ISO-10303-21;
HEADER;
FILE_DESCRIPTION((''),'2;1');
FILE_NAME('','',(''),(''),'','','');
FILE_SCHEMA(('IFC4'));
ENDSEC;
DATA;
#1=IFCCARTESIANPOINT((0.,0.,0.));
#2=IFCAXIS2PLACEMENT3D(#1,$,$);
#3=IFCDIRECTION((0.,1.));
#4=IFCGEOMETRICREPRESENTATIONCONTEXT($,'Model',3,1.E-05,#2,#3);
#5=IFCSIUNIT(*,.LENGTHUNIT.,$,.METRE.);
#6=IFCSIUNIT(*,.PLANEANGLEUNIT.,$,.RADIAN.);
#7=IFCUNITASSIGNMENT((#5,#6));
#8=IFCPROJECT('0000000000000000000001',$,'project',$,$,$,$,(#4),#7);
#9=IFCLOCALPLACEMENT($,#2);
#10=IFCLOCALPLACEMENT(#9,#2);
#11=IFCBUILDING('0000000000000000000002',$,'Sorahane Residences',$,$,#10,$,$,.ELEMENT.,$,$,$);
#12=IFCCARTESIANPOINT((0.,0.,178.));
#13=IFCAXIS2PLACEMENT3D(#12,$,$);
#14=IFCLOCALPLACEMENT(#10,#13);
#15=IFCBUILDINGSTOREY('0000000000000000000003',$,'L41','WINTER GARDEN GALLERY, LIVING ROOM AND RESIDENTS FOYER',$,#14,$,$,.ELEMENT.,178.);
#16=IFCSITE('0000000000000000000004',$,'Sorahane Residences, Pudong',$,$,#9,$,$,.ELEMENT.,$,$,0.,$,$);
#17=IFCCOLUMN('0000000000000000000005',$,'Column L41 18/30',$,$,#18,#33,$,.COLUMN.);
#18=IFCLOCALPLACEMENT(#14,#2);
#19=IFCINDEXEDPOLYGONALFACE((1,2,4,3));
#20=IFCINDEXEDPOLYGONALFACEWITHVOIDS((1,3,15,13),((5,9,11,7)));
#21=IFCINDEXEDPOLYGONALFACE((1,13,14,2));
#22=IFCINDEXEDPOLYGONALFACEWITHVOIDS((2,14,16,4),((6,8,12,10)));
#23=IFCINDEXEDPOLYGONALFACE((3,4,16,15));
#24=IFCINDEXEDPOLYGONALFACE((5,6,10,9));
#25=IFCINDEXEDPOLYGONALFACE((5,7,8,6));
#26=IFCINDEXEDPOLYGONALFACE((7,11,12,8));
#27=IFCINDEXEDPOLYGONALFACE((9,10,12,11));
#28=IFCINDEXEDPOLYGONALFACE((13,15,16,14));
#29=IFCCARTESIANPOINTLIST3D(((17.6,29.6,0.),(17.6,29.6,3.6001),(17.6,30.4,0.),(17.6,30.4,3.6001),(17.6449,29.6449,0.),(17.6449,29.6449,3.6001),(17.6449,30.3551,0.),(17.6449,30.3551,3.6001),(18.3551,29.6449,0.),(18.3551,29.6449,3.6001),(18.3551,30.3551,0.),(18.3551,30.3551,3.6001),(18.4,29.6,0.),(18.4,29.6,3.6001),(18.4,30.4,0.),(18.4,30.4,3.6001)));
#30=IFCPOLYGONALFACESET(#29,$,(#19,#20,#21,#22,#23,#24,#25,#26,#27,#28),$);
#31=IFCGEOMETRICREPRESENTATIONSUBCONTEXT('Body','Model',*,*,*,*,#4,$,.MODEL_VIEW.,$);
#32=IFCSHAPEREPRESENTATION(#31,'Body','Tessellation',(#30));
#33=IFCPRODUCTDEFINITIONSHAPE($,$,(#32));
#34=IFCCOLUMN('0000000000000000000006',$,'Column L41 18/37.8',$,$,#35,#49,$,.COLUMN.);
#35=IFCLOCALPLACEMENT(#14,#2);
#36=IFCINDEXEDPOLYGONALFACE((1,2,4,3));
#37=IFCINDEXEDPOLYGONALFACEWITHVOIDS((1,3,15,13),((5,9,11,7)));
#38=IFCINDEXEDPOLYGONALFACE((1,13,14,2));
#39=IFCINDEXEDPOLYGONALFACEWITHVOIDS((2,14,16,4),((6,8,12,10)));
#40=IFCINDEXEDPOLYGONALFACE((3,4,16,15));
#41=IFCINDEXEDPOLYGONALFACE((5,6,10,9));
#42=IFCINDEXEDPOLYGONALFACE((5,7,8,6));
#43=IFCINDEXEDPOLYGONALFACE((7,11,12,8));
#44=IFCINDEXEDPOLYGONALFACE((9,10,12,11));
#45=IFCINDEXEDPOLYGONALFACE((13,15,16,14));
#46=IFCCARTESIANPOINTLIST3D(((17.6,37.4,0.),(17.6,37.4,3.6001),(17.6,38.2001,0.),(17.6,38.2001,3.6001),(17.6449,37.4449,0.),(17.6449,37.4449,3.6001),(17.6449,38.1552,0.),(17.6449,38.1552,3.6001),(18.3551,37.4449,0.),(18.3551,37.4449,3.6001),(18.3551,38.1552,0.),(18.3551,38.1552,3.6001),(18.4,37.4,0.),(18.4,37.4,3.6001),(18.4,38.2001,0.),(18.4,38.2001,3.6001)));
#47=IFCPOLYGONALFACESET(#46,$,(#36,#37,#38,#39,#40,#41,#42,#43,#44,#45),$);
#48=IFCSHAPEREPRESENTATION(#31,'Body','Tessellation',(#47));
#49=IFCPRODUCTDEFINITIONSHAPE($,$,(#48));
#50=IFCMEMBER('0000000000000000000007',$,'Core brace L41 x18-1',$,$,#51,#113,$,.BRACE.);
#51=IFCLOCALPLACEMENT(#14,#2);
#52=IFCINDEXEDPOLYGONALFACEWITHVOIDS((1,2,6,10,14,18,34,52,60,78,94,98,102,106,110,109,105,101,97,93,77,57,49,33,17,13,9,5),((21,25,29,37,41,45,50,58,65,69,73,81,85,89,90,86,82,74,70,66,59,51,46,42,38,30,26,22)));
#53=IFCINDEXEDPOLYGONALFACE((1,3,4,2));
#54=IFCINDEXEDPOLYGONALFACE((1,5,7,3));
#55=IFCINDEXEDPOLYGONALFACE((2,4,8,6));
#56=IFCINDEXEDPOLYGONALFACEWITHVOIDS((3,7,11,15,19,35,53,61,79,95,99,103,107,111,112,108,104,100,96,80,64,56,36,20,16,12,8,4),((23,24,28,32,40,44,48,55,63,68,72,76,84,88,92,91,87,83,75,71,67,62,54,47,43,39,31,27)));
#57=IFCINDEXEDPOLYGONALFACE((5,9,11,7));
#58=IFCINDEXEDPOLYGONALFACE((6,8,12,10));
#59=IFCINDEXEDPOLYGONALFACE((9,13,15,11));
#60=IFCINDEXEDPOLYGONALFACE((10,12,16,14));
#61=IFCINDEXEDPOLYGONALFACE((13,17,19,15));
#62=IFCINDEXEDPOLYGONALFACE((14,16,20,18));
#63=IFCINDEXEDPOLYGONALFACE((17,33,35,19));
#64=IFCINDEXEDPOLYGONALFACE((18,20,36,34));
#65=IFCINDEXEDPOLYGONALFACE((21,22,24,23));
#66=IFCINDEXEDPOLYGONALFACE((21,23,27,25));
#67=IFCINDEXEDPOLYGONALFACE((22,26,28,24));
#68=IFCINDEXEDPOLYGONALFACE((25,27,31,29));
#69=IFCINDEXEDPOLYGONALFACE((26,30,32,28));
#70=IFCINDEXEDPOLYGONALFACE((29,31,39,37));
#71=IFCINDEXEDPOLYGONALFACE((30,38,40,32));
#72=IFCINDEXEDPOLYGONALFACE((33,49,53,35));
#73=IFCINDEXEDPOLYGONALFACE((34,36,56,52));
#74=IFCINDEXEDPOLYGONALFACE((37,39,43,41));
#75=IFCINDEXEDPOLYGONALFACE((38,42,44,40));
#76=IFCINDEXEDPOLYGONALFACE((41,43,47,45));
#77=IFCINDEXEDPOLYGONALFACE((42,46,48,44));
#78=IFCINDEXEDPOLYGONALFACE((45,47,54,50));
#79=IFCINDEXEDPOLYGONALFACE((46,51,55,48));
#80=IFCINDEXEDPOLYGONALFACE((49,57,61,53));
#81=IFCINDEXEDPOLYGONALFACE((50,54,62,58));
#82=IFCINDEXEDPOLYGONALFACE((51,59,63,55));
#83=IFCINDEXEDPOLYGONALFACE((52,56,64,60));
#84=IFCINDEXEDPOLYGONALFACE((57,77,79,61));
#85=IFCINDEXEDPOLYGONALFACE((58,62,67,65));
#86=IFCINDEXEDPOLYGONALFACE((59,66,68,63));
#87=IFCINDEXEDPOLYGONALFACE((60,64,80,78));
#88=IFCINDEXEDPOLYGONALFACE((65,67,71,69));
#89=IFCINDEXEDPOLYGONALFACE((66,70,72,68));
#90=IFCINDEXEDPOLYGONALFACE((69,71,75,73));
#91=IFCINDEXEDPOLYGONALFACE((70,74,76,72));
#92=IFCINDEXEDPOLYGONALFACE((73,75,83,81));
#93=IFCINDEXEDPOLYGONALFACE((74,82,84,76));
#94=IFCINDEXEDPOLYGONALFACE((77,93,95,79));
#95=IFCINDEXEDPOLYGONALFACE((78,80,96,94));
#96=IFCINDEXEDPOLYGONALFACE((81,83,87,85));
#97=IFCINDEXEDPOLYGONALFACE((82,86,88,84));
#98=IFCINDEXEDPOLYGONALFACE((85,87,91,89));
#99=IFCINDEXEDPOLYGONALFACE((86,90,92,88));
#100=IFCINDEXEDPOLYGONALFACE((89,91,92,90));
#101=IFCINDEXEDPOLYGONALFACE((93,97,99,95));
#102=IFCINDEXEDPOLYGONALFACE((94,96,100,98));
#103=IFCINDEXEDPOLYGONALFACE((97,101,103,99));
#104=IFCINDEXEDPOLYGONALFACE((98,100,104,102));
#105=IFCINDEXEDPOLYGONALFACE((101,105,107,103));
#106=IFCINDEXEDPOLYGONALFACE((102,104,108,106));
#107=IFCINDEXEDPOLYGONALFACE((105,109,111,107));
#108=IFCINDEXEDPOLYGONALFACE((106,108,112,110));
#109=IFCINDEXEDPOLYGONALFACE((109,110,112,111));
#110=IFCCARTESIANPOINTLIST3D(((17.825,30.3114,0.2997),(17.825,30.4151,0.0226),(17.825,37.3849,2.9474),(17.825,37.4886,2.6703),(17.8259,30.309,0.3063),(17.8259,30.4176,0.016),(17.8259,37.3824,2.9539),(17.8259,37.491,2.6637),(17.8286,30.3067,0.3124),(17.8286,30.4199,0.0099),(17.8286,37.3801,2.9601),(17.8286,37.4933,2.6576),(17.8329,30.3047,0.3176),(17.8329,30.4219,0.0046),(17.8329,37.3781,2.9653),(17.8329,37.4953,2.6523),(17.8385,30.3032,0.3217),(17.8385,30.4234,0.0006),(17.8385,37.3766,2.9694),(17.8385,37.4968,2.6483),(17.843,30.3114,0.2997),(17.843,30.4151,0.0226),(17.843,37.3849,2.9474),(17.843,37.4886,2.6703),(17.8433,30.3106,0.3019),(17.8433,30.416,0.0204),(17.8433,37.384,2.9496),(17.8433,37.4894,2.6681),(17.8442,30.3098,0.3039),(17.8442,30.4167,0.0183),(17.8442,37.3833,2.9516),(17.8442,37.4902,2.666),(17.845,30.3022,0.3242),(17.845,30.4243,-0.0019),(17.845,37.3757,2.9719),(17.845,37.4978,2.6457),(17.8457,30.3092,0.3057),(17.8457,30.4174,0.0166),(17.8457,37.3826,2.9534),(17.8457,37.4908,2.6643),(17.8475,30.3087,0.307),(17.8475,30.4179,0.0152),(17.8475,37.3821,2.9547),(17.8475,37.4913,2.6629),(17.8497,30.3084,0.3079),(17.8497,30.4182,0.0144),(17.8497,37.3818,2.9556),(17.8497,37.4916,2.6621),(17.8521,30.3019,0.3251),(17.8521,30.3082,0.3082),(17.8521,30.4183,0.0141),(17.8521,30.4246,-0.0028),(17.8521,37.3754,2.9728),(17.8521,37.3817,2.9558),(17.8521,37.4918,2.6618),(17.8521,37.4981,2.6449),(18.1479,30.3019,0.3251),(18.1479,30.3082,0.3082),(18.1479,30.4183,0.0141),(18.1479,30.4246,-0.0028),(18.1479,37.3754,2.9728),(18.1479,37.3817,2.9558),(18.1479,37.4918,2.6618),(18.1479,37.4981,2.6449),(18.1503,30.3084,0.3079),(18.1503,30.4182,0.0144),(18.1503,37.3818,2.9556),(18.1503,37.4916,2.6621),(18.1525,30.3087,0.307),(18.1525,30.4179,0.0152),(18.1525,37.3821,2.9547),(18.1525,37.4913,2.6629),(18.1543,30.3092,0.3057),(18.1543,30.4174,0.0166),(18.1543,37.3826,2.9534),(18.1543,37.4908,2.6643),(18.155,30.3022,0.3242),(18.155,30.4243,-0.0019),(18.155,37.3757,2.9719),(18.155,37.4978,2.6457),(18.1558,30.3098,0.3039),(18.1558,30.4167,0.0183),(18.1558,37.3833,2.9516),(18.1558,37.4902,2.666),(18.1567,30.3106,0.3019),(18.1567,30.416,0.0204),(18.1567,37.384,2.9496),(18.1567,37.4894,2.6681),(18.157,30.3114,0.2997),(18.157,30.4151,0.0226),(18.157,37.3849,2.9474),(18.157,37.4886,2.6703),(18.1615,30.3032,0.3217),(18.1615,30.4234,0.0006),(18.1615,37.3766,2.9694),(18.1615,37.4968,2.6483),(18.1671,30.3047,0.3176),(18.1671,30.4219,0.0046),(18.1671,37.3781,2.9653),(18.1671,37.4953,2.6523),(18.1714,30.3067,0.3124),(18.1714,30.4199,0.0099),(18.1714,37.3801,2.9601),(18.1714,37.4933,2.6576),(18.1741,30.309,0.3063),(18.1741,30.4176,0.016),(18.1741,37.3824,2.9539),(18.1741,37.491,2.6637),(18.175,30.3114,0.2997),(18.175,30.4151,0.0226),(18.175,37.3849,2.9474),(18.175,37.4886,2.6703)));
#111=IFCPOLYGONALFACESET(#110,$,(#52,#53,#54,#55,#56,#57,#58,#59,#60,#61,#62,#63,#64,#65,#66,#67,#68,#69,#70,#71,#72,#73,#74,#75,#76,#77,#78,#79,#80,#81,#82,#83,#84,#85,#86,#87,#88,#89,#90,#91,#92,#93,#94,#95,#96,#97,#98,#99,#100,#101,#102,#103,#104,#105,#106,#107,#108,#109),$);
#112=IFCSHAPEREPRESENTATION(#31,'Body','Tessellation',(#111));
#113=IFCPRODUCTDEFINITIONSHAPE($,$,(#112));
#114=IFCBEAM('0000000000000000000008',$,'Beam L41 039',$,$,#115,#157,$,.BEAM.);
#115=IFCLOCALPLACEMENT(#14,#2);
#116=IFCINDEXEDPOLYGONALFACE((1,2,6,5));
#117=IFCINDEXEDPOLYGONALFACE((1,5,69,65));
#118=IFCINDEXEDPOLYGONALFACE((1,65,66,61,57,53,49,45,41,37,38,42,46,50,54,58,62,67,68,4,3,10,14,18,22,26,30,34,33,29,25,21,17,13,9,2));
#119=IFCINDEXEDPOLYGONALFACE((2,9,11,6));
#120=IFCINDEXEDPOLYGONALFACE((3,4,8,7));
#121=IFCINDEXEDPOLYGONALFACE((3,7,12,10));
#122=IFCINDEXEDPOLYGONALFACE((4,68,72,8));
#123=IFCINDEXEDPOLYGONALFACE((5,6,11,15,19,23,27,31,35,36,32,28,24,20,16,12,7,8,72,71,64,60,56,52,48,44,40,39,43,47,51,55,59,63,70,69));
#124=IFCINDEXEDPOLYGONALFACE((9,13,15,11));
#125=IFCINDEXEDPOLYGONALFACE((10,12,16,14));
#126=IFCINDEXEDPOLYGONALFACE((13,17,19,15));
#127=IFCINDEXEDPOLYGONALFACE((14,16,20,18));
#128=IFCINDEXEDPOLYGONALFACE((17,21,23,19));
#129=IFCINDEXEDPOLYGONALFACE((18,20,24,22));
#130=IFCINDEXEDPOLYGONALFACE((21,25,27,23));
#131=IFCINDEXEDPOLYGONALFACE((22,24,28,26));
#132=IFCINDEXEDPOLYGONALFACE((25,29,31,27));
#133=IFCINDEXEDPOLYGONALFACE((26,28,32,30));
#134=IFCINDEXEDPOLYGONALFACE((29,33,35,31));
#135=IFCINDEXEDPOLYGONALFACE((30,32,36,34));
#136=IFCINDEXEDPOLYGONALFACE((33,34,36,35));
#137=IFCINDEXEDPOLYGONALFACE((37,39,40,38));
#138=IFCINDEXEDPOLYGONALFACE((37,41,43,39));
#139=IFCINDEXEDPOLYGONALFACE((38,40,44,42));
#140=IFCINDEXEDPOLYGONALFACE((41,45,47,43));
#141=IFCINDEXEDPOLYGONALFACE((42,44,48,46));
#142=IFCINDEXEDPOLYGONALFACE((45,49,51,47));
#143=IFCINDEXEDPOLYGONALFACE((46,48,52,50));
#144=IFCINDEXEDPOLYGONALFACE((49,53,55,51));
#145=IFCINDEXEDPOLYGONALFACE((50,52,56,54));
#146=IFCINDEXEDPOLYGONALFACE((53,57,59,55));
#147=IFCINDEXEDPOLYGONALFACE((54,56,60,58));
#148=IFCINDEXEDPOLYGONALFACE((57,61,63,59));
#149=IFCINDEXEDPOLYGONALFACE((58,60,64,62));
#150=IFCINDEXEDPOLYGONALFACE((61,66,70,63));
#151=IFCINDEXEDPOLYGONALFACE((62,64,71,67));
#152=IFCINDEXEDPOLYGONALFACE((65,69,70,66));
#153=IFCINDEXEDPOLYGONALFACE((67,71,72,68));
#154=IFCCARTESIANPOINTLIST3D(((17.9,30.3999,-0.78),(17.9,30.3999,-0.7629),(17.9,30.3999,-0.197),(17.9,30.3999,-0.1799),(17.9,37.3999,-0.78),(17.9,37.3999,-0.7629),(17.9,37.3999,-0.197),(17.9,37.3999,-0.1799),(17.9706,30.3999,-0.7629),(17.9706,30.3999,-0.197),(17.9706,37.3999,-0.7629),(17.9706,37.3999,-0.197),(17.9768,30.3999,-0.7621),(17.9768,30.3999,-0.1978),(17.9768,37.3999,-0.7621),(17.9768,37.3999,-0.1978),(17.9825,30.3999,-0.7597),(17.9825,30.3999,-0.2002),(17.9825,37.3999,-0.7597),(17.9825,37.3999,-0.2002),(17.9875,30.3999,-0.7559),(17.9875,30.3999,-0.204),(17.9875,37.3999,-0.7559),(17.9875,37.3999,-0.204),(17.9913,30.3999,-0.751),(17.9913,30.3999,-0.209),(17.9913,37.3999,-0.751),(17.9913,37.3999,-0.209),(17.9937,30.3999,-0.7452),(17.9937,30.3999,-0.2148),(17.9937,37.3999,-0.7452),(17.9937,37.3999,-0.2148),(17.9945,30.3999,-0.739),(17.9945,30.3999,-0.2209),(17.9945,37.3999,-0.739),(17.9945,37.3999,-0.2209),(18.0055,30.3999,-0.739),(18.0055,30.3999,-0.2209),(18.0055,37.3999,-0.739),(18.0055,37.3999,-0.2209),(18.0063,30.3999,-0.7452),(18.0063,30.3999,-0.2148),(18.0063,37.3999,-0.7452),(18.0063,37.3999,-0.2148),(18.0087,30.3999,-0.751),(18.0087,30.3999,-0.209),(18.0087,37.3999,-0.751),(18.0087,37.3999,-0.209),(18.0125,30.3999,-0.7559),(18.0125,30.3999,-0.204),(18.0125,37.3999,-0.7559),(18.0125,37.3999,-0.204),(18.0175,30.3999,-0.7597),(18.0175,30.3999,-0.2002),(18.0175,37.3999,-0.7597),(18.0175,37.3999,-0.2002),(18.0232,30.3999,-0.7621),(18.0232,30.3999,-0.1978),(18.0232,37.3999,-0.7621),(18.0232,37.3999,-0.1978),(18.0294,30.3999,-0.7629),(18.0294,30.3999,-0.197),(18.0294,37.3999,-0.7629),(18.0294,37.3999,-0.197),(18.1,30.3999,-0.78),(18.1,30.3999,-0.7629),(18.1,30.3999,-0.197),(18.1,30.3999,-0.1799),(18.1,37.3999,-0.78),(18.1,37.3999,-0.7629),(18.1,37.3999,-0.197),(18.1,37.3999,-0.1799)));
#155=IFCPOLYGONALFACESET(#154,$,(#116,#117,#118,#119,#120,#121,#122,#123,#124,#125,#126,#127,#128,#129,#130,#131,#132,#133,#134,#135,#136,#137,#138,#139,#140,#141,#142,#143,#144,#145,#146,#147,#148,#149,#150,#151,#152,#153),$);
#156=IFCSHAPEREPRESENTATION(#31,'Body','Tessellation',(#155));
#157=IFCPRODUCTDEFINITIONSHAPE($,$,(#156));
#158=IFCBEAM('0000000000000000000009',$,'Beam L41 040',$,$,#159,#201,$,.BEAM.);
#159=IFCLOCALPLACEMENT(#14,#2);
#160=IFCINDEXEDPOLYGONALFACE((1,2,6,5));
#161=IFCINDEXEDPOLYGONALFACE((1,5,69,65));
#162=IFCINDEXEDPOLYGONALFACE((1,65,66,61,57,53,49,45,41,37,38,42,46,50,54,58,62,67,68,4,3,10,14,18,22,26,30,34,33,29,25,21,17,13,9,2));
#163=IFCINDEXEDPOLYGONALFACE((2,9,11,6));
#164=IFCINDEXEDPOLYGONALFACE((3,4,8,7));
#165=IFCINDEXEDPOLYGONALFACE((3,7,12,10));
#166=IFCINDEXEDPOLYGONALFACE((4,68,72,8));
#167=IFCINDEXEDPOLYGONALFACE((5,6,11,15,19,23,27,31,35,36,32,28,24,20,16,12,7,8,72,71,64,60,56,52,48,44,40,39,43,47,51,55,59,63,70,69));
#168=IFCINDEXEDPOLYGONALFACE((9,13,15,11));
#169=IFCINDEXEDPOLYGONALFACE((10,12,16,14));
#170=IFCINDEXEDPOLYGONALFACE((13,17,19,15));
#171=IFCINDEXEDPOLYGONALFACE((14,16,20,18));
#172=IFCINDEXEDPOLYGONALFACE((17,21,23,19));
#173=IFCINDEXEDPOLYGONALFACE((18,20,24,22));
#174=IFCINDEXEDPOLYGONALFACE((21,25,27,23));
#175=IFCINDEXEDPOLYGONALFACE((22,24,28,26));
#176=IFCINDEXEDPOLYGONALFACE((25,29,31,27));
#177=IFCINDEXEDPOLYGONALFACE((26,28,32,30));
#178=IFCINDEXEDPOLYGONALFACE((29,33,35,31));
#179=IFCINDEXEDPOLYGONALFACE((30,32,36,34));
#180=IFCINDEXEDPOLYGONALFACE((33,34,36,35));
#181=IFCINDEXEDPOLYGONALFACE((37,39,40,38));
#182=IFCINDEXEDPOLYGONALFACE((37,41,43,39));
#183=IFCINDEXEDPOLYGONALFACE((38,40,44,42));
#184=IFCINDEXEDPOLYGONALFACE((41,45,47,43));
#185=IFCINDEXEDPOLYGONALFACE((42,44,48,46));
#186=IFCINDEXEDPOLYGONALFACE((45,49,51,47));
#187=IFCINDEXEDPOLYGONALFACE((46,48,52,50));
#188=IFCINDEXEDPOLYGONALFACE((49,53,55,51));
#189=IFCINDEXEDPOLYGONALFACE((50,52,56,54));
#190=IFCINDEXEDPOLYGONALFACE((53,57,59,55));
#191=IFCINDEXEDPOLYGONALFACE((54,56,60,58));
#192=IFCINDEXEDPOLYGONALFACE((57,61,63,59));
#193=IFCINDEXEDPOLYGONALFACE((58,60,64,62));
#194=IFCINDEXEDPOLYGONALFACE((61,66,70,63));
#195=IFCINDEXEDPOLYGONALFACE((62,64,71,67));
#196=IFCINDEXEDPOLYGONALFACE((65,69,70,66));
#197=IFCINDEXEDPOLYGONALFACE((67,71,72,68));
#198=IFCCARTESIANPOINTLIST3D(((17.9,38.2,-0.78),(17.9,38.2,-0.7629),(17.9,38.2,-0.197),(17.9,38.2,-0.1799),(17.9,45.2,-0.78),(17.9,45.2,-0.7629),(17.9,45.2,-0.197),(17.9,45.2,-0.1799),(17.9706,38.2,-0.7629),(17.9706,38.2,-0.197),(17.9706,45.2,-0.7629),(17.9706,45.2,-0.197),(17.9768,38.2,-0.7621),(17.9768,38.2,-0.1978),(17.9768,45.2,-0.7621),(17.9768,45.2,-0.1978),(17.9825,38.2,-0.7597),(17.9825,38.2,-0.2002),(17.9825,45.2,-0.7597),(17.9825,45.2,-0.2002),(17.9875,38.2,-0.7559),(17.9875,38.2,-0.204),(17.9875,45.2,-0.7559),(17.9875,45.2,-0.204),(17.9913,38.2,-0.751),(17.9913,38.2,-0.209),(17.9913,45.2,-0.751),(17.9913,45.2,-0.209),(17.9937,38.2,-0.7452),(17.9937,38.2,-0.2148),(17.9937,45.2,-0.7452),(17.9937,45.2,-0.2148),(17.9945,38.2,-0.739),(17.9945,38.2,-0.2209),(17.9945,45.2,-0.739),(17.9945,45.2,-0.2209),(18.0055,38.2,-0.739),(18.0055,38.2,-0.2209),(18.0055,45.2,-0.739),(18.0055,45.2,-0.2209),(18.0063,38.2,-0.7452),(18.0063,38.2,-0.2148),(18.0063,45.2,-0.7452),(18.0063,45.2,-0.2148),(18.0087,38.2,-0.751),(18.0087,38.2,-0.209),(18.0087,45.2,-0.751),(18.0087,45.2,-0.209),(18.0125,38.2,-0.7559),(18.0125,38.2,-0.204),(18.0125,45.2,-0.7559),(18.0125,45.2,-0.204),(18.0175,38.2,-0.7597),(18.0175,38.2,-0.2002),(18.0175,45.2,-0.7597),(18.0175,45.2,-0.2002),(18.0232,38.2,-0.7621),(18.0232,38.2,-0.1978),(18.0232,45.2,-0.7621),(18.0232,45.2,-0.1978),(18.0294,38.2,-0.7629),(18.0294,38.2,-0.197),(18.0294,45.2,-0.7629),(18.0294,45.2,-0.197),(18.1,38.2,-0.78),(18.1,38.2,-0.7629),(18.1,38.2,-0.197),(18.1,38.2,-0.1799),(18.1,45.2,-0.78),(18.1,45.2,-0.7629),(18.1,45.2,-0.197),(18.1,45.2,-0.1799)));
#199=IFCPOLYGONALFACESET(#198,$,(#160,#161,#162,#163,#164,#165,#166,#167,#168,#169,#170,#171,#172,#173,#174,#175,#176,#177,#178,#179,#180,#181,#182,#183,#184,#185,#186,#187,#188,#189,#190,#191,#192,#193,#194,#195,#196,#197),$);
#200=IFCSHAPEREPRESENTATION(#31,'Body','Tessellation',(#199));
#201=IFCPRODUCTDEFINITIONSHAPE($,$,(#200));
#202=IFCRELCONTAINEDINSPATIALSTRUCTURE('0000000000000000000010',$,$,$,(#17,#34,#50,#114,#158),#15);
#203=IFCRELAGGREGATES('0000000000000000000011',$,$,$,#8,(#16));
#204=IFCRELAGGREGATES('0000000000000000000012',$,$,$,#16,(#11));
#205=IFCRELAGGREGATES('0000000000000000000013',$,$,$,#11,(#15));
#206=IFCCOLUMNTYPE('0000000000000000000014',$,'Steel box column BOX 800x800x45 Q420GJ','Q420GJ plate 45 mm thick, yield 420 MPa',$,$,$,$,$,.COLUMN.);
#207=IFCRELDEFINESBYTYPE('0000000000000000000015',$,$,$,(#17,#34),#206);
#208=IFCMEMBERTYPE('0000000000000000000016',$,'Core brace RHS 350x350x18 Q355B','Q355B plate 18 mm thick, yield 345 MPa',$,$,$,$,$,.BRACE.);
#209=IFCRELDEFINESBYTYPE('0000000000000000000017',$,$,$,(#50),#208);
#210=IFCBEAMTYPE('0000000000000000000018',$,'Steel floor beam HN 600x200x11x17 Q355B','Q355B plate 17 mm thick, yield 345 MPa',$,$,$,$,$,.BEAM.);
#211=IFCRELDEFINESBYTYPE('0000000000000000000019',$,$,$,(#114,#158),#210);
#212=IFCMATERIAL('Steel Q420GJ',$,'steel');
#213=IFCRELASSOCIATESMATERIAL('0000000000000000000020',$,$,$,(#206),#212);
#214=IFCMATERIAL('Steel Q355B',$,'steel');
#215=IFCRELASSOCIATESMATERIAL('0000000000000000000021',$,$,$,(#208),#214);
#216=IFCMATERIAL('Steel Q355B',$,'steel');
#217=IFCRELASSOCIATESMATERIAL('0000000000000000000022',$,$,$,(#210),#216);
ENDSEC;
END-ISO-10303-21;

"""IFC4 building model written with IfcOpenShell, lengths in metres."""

from ifc_helpers import new_model, si_unit, direction, frame, origin, origin_2d, place, context, subcontext, project, spatial, hollow_rectangle, i_section, extrude, material, material_profile, profile_set, type_object, element, save


model = new_model("IFC4")

# Units and contexts
model_context = context("Model", 3, precision=1e-05, world=origin(), true_north=direction((0.0, 1.0)))
body_context = subcontext(model_context, "Body", "Model", "MODEL_VIEW")
ifc_project = project(units=[si_unit("LENGTHUNIT", "METRE"), si_unit("PLANEANGLEUNIT", "RADIAN")], contexts=[model_context])

# Site, building, storey
site_placement = place(None, origin())
site = spatial("IfcSite", under=ifc_project, at=site_placement, Name="Sorahane Residences, Pudong", CompositionType="ELEMENT", RefElevation=0.0)
building_placement = place(site_placement, origin())
building = spatial("IfcBuilding", under=site, at=building_placement, Name="Sorahane Residences", CompositionType="ELEMENT")
storey_placement = place(building_placement, frame((0.0, 0.0, 178.0)))
storey = spatial("IfcBuildingStorey", under=building, at=storey_placement, Name="L41", Description="WINTER GARDEN GALLERY, LIVING ROOM AND RESIDENTS FOYER", CompositionType="ELEMENT", Elevation=178.0)

# Columns
ifc_material_1 = material(Name="Steel Q420GJ", Category="steel")
ifc_material_profile_1 = material_profile(ifc_material_1, hollow_rectangle(XDim=0.8, YDim=0.8, WallThickness=0.0449, at=origin_2d()), Name="BOX 800x800x45")
ifc_profile_set_1 = profile_set([ifc_material_profile_1], Name="Steel Q420GJ")
column_type = type_object("IfcColumnType", Name="Steel box column BOX 800x800x45 Q420GJ", Description="Q420GJ plate 45 mm thick, yield 420 MPa", PredefinedType="COLUMN", material=ifc_profile_set_1)
for number, where, z_axis, x_axis, name in (
    (1, (18.0, 30.0, 0.0), (0.0, 0.0, 1.0), (1.0, 0.0, 0.0), "Column L41 18/30"),
    (2, (18.0, 37.8, 0.0), (0.0, 0.0, 1.0), (1.0, 0.0, 0.0), "Column L41 18/37.8"),
):
    element("IfcColumn", number, at=place(storey_placement, frame(where, z_axis=z_axis, x_axis=x_axis)), inside=storey, type_object=column_type, Name=name, PredefinedType="COLUMN", context=body_context, shape_type="SweptSolid", body=[
        extrude(hollow_rectangle(XDim=0.8, YDim=0.8, WallThickness=0.0449, at=origin_2d()), origin(), (0.0, 0.0, 1.0), 3.6001),
    ])

# Member
ifc_material_2 = material(Name="Steel Q355B", Category="steel")
ifc_material_profile_2 = material_profile(ifc_material_2, hollow_rectangle(XDim=0.3501, YDim=0.3501, WallThickness=0.0181, InnerFilletRadius=0.009, OuterFilletRadius=0.0271, at=origin_2d()), Name="RHS 350x350x18")
ifc_profile_set_2 = profile_set([ifc_material_profile_2], Name="Steel Q355B")
member_type = type_object("IfcMemberType", Name="Core brace RHS 350x350x18 Q355B", Description="Q355B plate 18 mm thick, yield 345 MPa", PredefinedType="BRACE", material=ifc_profile_set_2)
member_placement = place(storey_placement, frame((18.0, 30.3633, 0.1611), z_axis=(0.0, 0.93654, 0.35056), x_axis=(-1.0, 0.0, 0.0)))
element("IfcMember", 3, at=member_placement, inside=storey, type_object=member_type, Name="Core brace L41 x18-1", PredefinedType="BRACE", context=body_context, shape_type="SweptSolid", body=[
    extrude(hollow_rectangle(XDim=0.3501, YDim=0.3501, WallThickness=0.0181, InnerFilletRadius=0.009, OuterFilletRadius=0.0271, at=origin_2d()), origin(), (0.0, 0.0, 1.0), 7.5527),
])

# Beams
ifc_material_3 = material(Name="Steel Q355B", Category="steel")
ifc_material_profile_3 = material_profile(ifc_material_3, i_section(OverallWidth=0.2, OverallDepth=0.6001, WebThickness=0.011, FlangeThickness=0.0171, FilletRadius=0.0239, at=origin_2d()), Name="HN 600x200x11x17")
ifc_profile_set_3 = profile_set([ifc_material_profile_3], Name="Steel Q355B")
beam_type = type_object("IfcBeamType", Name="Steel floor beam HN 600x200x11x17 Q355B", Description="Q355B plate 17 mm thick, yield 345 MPa", PredefinedType="BEAM", material=ifc_profile_set_3)
for number, where, z_axis, x_axis, name in (
    (4, (18.0, 30.3999, -0.48), (0.0, 1.0, 0.0), (-1.0, 0.0, 0.0), "Beam L41 039"),
    (5, (18.0, 38.2, -0.48), (0.0, 1.0, 0.0), (-1.0, 0.0, 0.0), "Beam L41 040"),
):
    element("IfcBeam", number, at=place(storey_placement, frame(where, z_axis=z_axis, x_axis=x_axis)), inside=storey, type_object=beam_type, Name=name, PredefinedType="BEAM", context=body_context, shape_type="SweptSolid", body=[
        extrude(i_section(OverallWidth=0.2, OverallDepth=0.6001, WebThickness=0.011, FlangeThickness=0.0171, FilletRadius=0.0239, at=origin_2d()), origin(), (0.0, 0.0, 1.0), 7.0),
    ])

save(model, "model.ifc")
